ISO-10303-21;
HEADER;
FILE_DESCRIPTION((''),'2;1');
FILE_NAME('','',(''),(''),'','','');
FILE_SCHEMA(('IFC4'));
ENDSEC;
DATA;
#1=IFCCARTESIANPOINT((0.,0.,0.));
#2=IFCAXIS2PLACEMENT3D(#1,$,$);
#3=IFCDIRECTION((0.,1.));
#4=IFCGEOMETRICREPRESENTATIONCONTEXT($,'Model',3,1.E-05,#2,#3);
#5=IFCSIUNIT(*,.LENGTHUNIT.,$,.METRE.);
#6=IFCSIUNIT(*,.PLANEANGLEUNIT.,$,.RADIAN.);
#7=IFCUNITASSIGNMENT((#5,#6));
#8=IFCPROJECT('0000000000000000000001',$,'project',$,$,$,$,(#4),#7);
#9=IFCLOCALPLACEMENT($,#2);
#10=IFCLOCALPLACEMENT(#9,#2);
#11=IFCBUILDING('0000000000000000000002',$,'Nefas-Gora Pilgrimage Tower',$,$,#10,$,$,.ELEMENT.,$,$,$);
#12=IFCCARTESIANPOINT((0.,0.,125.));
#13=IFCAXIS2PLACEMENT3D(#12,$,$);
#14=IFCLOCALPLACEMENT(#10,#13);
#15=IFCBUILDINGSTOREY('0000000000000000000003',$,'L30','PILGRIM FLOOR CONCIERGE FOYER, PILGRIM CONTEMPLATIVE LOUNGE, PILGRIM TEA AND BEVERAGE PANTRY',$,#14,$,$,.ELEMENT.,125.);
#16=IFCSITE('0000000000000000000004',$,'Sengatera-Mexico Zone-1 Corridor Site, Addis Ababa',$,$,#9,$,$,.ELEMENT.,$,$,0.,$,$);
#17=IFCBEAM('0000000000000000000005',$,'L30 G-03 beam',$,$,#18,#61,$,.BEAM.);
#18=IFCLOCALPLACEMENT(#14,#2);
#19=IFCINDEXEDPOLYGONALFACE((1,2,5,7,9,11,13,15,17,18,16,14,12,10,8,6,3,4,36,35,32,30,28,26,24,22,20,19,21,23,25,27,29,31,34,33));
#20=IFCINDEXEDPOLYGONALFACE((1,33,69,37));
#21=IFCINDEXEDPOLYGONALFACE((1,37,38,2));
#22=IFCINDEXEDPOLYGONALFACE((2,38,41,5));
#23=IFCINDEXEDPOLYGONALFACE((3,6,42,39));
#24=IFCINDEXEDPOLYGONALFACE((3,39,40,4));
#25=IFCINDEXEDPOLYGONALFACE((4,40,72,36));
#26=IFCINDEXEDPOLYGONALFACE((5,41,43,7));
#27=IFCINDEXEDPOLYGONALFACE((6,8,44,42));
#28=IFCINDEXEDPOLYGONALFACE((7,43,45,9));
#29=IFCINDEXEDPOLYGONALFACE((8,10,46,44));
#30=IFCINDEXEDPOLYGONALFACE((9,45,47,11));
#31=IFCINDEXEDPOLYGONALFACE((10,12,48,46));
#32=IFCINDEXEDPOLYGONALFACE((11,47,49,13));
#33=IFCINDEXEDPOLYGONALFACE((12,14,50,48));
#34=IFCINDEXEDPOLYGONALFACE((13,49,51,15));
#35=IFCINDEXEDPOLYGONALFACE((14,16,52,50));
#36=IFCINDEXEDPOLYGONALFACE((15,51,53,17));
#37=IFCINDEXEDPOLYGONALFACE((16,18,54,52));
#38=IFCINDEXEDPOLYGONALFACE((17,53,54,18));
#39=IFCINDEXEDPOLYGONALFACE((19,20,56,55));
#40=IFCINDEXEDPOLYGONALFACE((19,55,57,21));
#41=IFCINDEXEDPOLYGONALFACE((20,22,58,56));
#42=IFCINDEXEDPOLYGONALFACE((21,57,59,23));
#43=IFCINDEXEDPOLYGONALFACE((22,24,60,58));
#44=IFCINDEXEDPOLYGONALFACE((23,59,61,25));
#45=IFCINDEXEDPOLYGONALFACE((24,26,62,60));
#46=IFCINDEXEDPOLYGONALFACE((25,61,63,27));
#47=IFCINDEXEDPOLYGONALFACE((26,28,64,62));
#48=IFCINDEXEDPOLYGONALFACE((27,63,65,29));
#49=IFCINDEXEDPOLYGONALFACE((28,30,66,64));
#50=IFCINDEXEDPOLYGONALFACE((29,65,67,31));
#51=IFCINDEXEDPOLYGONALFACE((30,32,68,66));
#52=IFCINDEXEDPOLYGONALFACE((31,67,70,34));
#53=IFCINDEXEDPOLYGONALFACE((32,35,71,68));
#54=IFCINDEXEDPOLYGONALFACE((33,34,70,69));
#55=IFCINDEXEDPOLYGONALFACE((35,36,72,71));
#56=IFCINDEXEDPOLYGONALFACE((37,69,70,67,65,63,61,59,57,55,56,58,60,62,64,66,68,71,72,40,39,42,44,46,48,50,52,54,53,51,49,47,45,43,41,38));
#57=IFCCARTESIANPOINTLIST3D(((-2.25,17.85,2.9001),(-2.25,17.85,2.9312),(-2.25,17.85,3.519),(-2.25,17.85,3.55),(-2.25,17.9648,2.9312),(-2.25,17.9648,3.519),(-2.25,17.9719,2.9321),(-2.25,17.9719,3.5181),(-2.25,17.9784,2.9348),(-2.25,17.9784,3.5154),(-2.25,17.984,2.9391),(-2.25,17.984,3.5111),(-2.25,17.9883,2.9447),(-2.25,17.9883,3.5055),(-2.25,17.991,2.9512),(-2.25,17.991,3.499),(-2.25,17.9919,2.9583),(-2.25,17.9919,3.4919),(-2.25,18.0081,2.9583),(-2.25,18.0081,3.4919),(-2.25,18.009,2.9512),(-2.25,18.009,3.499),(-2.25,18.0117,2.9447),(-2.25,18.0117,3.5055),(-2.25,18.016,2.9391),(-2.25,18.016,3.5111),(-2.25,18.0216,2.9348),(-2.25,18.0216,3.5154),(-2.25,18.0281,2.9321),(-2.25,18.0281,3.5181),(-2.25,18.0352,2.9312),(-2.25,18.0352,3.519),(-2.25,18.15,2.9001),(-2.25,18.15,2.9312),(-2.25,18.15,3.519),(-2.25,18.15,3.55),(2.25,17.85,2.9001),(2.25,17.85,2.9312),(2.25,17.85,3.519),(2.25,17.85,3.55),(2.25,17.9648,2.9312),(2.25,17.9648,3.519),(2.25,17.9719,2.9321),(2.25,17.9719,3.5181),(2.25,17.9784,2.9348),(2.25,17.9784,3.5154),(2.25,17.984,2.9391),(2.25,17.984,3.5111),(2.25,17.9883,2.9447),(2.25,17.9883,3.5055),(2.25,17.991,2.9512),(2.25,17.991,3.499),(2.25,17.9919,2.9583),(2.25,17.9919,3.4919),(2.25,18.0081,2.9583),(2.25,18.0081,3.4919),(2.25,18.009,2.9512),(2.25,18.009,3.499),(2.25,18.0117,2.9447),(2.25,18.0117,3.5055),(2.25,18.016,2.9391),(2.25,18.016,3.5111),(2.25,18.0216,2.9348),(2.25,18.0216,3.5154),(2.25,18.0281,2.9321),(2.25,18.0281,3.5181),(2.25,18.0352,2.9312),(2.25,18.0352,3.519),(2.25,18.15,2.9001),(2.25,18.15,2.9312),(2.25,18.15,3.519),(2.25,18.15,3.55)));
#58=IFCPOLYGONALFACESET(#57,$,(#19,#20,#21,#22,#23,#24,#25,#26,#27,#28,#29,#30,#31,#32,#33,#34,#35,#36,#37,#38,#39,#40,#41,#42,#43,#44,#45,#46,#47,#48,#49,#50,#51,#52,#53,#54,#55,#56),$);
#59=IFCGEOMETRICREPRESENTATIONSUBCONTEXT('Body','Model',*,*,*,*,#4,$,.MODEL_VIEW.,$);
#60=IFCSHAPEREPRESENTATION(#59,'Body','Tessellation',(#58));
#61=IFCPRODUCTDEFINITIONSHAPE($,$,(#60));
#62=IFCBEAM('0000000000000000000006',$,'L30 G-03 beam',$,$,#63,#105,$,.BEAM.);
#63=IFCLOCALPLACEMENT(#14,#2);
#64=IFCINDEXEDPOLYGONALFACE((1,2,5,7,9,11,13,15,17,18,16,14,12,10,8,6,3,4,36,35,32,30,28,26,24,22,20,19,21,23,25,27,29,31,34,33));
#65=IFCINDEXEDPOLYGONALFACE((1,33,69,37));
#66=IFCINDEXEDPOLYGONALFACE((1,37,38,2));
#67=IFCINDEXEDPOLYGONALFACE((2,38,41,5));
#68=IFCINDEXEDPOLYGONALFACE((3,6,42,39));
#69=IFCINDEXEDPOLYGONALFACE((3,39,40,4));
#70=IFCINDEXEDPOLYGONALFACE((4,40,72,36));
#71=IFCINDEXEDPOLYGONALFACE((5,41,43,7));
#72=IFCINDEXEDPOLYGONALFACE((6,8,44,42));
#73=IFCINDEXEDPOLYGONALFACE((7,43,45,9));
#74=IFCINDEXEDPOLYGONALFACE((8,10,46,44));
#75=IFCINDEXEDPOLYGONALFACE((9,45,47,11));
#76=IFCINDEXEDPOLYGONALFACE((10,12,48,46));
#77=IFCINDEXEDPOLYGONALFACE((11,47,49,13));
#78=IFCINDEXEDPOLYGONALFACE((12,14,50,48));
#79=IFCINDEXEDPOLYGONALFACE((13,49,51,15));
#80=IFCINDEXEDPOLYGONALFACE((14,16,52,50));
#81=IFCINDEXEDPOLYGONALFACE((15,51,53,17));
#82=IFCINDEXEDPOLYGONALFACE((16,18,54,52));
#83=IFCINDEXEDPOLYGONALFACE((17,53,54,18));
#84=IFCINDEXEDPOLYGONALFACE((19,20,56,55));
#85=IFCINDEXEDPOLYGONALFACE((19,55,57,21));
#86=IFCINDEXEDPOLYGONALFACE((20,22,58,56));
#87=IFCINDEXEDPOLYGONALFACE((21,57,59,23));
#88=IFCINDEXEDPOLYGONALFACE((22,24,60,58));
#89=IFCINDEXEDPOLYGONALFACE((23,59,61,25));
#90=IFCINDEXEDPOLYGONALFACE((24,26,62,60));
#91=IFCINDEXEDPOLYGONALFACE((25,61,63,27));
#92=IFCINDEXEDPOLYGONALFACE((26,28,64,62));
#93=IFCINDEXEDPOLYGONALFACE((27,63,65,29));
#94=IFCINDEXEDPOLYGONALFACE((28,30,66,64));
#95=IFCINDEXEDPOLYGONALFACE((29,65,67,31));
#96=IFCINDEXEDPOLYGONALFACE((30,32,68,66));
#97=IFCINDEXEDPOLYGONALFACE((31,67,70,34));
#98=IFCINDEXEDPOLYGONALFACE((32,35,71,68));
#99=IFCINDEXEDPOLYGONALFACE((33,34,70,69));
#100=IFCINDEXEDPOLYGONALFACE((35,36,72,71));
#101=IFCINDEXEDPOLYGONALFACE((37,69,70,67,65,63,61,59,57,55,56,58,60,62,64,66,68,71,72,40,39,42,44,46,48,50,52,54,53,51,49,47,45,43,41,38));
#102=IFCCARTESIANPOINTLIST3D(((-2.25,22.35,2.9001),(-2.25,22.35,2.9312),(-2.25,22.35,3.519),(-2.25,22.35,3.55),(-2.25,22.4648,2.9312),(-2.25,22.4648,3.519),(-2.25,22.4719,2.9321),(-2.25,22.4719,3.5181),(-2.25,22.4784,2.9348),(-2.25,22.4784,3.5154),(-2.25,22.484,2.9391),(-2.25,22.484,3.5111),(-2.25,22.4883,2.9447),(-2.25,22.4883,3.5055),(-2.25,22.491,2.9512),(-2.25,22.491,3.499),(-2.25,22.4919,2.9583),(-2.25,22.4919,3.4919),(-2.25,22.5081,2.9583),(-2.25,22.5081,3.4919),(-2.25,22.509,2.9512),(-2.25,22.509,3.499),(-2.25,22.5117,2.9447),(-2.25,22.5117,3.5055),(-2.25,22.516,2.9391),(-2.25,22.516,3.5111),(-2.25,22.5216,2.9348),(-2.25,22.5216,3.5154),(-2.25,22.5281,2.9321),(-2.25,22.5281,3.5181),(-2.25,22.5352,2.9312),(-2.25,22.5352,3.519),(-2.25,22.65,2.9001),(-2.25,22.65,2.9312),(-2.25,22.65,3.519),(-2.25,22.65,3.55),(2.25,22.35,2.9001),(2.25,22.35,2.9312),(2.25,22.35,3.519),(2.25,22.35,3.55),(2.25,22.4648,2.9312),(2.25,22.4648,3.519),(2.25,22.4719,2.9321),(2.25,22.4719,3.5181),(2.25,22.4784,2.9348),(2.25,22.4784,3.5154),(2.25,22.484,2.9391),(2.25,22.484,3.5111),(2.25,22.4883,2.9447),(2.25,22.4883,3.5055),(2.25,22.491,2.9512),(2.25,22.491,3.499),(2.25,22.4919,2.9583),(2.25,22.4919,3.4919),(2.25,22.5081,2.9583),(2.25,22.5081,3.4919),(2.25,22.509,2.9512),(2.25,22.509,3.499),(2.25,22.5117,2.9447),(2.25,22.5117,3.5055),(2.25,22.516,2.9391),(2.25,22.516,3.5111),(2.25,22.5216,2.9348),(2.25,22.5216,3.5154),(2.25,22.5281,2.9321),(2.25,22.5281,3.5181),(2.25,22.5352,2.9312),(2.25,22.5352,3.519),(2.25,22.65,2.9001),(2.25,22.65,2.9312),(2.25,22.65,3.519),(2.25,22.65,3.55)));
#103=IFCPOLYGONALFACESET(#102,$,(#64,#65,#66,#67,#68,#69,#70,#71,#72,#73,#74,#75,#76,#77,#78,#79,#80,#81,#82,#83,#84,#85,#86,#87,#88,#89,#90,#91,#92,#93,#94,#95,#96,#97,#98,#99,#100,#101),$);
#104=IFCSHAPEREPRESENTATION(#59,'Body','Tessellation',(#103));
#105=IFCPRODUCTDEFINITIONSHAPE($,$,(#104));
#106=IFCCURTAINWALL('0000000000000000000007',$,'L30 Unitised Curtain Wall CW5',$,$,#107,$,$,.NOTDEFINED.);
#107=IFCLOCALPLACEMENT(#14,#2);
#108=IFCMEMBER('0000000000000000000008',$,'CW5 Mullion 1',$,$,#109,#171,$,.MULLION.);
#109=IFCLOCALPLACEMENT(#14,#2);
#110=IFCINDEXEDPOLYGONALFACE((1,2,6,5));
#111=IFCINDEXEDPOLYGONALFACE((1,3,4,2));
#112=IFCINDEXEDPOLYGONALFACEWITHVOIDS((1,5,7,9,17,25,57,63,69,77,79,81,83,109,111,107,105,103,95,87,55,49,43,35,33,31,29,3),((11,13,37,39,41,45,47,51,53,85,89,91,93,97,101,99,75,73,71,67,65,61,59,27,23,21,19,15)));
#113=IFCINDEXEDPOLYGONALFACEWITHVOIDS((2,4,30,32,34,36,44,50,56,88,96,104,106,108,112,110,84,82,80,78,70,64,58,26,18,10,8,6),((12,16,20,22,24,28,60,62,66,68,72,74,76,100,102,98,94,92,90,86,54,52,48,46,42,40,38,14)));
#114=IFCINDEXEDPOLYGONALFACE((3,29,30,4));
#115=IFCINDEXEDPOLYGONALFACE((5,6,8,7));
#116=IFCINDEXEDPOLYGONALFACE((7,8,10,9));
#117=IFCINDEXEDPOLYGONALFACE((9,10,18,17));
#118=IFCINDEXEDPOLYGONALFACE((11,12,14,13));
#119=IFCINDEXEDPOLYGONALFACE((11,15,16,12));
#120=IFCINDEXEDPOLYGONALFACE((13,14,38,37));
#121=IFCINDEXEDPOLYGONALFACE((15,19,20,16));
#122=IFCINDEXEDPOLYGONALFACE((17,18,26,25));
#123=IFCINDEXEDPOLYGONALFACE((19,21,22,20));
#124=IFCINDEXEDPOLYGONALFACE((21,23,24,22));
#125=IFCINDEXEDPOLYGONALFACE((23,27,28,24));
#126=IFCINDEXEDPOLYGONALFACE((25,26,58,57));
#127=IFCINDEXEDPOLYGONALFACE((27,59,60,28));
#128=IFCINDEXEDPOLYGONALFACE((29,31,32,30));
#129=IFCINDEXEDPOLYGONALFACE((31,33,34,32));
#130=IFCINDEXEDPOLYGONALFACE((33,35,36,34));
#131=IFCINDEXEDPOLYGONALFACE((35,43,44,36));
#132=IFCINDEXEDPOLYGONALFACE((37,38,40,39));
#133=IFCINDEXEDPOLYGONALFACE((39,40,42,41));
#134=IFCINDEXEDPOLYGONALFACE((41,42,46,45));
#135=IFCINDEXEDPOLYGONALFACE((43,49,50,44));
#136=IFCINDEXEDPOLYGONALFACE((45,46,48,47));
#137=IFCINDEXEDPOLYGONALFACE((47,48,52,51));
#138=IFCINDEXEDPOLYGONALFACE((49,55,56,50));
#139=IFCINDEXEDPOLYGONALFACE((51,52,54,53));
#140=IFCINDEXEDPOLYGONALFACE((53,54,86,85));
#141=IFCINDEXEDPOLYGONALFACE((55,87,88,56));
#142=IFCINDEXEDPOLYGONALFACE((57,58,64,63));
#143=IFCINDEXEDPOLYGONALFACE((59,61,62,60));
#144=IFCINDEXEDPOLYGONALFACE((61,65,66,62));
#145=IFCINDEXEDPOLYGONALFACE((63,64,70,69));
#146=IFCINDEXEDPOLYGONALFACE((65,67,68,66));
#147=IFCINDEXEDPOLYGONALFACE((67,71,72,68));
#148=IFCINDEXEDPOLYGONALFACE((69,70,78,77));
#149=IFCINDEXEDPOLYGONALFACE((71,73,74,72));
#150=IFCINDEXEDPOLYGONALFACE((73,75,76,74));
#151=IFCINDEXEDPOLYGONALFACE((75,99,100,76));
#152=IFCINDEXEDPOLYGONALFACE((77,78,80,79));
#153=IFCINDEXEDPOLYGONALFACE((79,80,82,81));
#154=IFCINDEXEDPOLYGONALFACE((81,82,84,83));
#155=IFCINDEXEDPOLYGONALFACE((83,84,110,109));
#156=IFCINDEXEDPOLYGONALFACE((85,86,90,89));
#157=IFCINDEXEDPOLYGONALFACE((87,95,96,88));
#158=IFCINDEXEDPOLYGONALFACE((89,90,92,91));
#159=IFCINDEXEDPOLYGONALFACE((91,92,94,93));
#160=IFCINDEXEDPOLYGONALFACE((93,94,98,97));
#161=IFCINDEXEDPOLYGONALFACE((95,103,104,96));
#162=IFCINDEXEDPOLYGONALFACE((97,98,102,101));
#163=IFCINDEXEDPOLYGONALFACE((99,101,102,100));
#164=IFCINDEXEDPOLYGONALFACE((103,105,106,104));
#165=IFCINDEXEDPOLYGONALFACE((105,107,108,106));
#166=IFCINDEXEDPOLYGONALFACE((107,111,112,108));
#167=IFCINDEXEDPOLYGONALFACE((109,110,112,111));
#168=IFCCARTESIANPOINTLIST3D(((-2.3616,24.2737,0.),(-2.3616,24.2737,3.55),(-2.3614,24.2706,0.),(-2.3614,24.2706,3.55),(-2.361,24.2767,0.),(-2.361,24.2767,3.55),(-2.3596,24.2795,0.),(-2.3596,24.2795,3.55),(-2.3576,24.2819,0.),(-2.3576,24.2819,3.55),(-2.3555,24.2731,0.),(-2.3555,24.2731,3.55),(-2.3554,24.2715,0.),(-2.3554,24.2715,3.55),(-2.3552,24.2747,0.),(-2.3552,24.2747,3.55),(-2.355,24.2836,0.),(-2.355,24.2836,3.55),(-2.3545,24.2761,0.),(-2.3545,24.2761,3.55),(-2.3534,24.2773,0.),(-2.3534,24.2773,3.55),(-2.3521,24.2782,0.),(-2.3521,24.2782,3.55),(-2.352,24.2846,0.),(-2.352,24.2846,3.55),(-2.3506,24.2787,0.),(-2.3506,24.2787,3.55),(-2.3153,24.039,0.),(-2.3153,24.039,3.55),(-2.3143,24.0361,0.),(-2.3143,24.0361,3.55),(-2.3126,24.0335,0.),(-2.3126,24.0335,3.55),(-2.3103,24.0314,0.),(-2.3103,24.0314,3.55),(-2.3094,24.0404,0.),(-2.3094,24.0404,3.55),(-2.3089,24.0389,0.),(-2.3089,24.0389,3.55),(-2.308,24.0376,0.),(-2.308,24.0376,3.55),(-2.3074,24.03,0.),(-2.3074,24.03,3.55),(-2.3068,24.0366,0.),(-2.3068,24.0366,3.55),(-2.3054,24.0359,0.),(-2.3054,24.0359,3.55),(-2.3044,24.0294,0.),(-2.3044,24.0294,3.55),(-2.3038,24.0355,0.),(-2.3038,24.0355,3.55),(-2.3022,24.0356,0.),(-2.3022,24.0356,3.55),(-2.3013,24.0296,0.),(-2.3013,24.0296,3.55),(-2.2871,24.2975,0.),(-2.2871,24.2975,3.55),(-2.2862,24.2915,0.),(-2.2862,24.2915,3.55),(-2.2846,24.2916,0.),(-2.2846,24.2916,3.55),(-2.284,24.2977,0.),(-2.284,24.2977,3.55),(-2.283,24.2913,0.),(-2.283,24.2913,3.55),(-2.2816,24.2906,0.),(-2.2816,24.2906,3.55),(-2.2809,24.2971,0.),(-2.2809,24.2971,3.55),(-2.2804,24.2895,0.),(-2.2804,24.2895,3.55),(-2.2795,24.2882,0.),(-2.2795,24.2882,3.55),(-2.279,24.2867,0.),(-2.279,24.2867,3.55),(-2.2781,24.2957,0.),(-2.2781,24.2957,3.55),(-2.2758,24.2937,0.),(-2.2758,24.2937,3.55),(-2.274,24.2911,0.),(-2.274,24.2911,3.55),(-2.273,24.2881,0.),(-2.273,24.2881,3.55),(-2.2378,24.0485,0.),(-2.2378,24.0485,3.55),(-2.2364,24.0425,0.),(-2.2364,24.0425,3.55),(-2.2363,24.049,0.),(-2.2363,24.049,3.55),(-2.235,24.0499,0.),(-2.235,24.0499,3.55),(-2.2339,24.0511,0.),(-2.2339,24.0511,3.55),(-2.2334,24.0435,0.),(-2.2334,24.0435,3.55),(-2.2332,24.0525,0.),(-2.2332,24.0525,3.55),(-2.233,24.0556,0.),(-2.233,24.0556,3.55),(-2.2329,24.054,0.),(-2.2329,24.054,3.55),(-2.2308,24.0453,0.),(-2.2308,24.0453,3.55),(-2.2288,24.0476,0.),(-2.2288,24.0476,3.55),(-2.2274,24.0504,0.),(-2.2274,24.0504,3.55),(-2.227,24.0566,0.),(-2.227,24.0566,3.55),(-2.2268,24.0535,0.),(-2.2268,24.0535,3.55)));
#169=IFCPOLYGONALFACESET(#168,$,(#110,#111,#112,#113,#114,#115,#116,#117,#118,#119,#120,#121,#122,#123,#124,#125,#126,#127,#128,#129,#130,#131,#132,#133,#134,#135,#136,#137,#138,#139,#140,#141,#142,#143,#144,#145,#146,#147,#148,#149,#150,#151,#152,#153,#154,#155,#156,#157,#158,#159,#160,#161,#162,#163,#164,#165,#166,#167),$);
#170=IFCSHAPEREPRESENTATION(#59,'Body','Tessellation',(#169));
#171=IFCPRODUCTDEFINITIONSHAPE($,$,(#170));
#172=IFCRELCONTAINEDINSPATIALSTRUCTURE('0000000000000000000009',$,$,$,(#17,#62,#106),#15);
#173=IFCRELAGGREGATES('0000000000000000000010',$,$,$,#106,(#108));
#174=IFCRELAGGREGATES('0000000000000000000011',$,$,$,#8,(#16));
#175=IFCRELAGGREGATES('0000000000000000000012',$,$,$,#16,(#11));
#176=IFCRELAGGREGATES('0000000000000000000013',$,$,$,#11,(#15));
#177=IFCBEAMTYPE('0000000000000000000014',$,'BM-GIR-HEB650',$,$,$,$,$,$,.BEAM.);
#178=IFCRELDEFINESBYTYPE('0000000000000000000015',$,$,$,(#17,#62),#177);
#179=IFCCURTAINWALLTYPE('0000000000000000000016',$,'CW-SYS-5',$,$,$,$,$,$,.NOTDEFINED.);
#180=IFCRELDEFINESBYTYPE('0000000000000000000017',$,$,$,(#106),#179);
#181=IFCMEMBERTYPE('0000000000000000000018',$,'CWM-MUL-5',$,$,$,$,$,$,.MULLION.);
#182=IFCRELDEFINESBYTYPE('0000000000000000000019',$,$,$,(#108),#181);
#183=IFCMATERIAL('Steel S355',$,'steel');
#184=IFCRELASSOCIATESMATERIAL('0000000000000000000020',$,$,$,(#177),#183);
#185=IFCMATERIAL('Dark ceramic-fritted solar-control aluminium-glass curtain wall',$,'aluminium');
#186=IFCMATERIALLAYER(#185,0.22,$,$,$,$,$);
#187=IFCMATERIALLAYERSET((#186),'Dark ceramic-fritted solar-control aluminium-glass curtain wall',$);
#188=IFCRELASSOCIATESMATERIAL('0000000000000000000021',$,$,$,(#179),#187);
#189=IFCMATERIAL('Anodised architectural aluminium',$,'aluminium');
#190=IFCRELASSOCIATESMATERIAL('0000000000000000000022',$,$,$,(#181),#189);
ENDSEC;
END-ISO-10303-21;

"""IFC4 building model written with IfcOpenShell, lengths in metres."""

from ifc_helpers import new_model, si_unit, direction, frame, origin, origin_2d, place, context, subcontext, project, spatial, hollow_rectangle, i_section, extrude, source, transform, mapped, material, layer, layer_set, material_profile, profile_set, type_object, element, aggregate, save


model = new_model("IFC4")

# Units and contexts
model_context = context("Model", 3, precision=1e-05, world=origin(), true_north=direction((0.0, 1.0)))
body_context = subcontext(model_context, "Body", "Model", "MODEL_VIEW")
ifc_project = project(units=[si_unit("LENGTHUNIT", "METRE"), si_unit("PLANEANGLEUNIT", "RADIAN")], contexts=[model_context])

# Site, building, storey
site_placement = place(None, origin())
site = spatial("IfcSite", under=ifc_project, at=site_placement, Name="Sengatera-Mexico Zone-1 Corridor Site, Addis Ababa", CompositionType="ELEMENT", RefElevation=0.0)
building_placement = place(site_placement, origin())
building = spatial("IfcBuilding", under=site, at=building_placement, Name="Nefas-Gora Pilgrimage Tower", CompositionType="ELEMENT")
storey_placement = place(building_placement, frame((0.0, 0.0, 125.0)))
storey = spatial("IfcBuildingStorey", under=building, at=storey_placement, Name="L30", Description="PILGRIM FLOOR CONCIERGE FOYER, PILGRIM CONTEMPLATIVE LOUNGE, PILGRIM TEA AND BEVERAGE PANTRY", CompositionType="ELEMENT", Elevation=125.0)

# Beams
ifc_material_1 = material(Name="Steel S355", Category="steel")
ifc_material_profile_1 = material_profile(ifc_material_1, i_section(OverallWidth=0.3, OverallDepth=0.6499, WebThickness=0.0161, FlangeThickness=0.031, FilletRadius=0.0271, at=origin_2d()), Name="HEB 650")
ifc_profile_set_1 = profile_set([ifc_material_profile_1], Name="Steel S355")
beam_type_1 = type_object("IfcBeamType", Name="BM-GIR-HEB650", PredefinedType="BEAM", material=ifc_profile_set_1)
shared_shape_1 = source(origin(), body_context, "Body", "SweptSolid", [
    extrude(i_section(OverallWidth=0.3, OverallDepth=0.6499, WebThickness=0.0161, FlangeThickness=0.031, FilletRadius=0.0271, at=origin_2d()), origin(), (0.0, 0.0, 1.0), 4.5),
])
for number, where, z_axis, x_axis, name in (
    (1, (-2.25, 18.0, 3.2251), (1.0, 0.0, 0.0), (0.0, 1.0, 0.0), "L30 G-03 beam"),
    (2, (-2.25, 22.5, 3.2251), (1.0, 0.0, 0.0), (0.0, 1.0, 0.0), "L30 G-03 beam"),
):
    element("IfcBeam", number, at=place(storey_placement, frame(where, z_axis=z_axis, x_axis=x_axis)), inside=storey, type_object=beam_type_1, Name=name, PredefinedType="BEAM", context=body_context, shape_type="MappedRepresentation", body=[
        mapped(shared_shape_1, transform((0.0, 0.0, 0.0), x_axis=(1.0, 0.0, 0.0), y_axis=(0.0, 1.0, 0.0), z_axis=(0.0, 0.0, 1.0), scale=1.0)),
    ])

# Curtain wall, member
ifc_material_2 = material(Name="Dark ceramic-fritted solar-control aluminium-glass curtain wall", Category="aluminium")
ifc_layer_1 = layer(ifc_material_2, 0.22)
ifc_layer_set_1 = layer_set([ifc_layer_1], Name="Dark ceramic-fritted solar-control aluminium-glass curtain wall")
curtain_wall_type = type_object("IfcCurtainWallType", Name="CW-SYS-5", PredefinedType="NOTDEFINED", material=ifc_layer_set_1)
curtain_wall_1_placement = place(storey_placement, origin())
curtain_wall_1 = element("IfcCurtainWall", 3, at=curtain_wall_1_placement, inside=storey, type_object=curtain_wall_type, Name="L30 Unitised Curtain Wall CW5", PredefinedType="NOTDEFINED")
ifc_material_3 = material(Name="Anodised architectural aluminium", Category="aluminium")
ifc_material_profile_2 = material_profile(ifc_material_3, hollow_rectangle(XDim=0.0901, YDim=0.26, WallThickness=0.0061, InnerFilletRadius=0.0061, OuterFilletRadius=0.012, at=origin_2d()), Name="ALU MULLION 90x260")
ifc_profile_set_2 = profile_set([ifc_material_profile_2], Name="Anodised architectural aluminium")
member_type_1 = type_object("IfcMemberType", Name="CWM-MUL-5", PredefinedType="MULLION", material=ifc_profile_set_2)
shared_shape_2 = source(origin(), body_context, "Body", "SweptSolid", [
    extrude(hollow_rectangle(XDim=0.0901, YDim=0.26, WallThickness=0.0061, InnerFilletRadius=0.0061, OuterFilletRadius=0.012, at=origin_2d()), origin(), (0.0, 0.0, 1.0), 3.55),
])
member_1_placement = place(storey_placement, frame((-2.2942, 24.1636, 0.0), z_axis=(0.0, 0.0, 1.0), x_axis=(-0.980783, -0.195102, 0.0)))
member_1 = element("IfcMember", 4, at=member_1_placement, type_object=member_type_1, Name="CW5 Mullion 1", PredefinedType="MULLION", context=body_context, shape_type="MappedRepresentation", body=[
    mapped(shared_shape_2, transform((0.0, 0.0, 0.0), x_axis=(1.0, 0.0, 0.0), y_axis=(0.0, 1.0, 0.0), z_axis=(0.0, 0.0, 1.0), scale=1.0)),
])

aggregate(curtain_wall_1, [member_1])

save(model, "model.ifc")
